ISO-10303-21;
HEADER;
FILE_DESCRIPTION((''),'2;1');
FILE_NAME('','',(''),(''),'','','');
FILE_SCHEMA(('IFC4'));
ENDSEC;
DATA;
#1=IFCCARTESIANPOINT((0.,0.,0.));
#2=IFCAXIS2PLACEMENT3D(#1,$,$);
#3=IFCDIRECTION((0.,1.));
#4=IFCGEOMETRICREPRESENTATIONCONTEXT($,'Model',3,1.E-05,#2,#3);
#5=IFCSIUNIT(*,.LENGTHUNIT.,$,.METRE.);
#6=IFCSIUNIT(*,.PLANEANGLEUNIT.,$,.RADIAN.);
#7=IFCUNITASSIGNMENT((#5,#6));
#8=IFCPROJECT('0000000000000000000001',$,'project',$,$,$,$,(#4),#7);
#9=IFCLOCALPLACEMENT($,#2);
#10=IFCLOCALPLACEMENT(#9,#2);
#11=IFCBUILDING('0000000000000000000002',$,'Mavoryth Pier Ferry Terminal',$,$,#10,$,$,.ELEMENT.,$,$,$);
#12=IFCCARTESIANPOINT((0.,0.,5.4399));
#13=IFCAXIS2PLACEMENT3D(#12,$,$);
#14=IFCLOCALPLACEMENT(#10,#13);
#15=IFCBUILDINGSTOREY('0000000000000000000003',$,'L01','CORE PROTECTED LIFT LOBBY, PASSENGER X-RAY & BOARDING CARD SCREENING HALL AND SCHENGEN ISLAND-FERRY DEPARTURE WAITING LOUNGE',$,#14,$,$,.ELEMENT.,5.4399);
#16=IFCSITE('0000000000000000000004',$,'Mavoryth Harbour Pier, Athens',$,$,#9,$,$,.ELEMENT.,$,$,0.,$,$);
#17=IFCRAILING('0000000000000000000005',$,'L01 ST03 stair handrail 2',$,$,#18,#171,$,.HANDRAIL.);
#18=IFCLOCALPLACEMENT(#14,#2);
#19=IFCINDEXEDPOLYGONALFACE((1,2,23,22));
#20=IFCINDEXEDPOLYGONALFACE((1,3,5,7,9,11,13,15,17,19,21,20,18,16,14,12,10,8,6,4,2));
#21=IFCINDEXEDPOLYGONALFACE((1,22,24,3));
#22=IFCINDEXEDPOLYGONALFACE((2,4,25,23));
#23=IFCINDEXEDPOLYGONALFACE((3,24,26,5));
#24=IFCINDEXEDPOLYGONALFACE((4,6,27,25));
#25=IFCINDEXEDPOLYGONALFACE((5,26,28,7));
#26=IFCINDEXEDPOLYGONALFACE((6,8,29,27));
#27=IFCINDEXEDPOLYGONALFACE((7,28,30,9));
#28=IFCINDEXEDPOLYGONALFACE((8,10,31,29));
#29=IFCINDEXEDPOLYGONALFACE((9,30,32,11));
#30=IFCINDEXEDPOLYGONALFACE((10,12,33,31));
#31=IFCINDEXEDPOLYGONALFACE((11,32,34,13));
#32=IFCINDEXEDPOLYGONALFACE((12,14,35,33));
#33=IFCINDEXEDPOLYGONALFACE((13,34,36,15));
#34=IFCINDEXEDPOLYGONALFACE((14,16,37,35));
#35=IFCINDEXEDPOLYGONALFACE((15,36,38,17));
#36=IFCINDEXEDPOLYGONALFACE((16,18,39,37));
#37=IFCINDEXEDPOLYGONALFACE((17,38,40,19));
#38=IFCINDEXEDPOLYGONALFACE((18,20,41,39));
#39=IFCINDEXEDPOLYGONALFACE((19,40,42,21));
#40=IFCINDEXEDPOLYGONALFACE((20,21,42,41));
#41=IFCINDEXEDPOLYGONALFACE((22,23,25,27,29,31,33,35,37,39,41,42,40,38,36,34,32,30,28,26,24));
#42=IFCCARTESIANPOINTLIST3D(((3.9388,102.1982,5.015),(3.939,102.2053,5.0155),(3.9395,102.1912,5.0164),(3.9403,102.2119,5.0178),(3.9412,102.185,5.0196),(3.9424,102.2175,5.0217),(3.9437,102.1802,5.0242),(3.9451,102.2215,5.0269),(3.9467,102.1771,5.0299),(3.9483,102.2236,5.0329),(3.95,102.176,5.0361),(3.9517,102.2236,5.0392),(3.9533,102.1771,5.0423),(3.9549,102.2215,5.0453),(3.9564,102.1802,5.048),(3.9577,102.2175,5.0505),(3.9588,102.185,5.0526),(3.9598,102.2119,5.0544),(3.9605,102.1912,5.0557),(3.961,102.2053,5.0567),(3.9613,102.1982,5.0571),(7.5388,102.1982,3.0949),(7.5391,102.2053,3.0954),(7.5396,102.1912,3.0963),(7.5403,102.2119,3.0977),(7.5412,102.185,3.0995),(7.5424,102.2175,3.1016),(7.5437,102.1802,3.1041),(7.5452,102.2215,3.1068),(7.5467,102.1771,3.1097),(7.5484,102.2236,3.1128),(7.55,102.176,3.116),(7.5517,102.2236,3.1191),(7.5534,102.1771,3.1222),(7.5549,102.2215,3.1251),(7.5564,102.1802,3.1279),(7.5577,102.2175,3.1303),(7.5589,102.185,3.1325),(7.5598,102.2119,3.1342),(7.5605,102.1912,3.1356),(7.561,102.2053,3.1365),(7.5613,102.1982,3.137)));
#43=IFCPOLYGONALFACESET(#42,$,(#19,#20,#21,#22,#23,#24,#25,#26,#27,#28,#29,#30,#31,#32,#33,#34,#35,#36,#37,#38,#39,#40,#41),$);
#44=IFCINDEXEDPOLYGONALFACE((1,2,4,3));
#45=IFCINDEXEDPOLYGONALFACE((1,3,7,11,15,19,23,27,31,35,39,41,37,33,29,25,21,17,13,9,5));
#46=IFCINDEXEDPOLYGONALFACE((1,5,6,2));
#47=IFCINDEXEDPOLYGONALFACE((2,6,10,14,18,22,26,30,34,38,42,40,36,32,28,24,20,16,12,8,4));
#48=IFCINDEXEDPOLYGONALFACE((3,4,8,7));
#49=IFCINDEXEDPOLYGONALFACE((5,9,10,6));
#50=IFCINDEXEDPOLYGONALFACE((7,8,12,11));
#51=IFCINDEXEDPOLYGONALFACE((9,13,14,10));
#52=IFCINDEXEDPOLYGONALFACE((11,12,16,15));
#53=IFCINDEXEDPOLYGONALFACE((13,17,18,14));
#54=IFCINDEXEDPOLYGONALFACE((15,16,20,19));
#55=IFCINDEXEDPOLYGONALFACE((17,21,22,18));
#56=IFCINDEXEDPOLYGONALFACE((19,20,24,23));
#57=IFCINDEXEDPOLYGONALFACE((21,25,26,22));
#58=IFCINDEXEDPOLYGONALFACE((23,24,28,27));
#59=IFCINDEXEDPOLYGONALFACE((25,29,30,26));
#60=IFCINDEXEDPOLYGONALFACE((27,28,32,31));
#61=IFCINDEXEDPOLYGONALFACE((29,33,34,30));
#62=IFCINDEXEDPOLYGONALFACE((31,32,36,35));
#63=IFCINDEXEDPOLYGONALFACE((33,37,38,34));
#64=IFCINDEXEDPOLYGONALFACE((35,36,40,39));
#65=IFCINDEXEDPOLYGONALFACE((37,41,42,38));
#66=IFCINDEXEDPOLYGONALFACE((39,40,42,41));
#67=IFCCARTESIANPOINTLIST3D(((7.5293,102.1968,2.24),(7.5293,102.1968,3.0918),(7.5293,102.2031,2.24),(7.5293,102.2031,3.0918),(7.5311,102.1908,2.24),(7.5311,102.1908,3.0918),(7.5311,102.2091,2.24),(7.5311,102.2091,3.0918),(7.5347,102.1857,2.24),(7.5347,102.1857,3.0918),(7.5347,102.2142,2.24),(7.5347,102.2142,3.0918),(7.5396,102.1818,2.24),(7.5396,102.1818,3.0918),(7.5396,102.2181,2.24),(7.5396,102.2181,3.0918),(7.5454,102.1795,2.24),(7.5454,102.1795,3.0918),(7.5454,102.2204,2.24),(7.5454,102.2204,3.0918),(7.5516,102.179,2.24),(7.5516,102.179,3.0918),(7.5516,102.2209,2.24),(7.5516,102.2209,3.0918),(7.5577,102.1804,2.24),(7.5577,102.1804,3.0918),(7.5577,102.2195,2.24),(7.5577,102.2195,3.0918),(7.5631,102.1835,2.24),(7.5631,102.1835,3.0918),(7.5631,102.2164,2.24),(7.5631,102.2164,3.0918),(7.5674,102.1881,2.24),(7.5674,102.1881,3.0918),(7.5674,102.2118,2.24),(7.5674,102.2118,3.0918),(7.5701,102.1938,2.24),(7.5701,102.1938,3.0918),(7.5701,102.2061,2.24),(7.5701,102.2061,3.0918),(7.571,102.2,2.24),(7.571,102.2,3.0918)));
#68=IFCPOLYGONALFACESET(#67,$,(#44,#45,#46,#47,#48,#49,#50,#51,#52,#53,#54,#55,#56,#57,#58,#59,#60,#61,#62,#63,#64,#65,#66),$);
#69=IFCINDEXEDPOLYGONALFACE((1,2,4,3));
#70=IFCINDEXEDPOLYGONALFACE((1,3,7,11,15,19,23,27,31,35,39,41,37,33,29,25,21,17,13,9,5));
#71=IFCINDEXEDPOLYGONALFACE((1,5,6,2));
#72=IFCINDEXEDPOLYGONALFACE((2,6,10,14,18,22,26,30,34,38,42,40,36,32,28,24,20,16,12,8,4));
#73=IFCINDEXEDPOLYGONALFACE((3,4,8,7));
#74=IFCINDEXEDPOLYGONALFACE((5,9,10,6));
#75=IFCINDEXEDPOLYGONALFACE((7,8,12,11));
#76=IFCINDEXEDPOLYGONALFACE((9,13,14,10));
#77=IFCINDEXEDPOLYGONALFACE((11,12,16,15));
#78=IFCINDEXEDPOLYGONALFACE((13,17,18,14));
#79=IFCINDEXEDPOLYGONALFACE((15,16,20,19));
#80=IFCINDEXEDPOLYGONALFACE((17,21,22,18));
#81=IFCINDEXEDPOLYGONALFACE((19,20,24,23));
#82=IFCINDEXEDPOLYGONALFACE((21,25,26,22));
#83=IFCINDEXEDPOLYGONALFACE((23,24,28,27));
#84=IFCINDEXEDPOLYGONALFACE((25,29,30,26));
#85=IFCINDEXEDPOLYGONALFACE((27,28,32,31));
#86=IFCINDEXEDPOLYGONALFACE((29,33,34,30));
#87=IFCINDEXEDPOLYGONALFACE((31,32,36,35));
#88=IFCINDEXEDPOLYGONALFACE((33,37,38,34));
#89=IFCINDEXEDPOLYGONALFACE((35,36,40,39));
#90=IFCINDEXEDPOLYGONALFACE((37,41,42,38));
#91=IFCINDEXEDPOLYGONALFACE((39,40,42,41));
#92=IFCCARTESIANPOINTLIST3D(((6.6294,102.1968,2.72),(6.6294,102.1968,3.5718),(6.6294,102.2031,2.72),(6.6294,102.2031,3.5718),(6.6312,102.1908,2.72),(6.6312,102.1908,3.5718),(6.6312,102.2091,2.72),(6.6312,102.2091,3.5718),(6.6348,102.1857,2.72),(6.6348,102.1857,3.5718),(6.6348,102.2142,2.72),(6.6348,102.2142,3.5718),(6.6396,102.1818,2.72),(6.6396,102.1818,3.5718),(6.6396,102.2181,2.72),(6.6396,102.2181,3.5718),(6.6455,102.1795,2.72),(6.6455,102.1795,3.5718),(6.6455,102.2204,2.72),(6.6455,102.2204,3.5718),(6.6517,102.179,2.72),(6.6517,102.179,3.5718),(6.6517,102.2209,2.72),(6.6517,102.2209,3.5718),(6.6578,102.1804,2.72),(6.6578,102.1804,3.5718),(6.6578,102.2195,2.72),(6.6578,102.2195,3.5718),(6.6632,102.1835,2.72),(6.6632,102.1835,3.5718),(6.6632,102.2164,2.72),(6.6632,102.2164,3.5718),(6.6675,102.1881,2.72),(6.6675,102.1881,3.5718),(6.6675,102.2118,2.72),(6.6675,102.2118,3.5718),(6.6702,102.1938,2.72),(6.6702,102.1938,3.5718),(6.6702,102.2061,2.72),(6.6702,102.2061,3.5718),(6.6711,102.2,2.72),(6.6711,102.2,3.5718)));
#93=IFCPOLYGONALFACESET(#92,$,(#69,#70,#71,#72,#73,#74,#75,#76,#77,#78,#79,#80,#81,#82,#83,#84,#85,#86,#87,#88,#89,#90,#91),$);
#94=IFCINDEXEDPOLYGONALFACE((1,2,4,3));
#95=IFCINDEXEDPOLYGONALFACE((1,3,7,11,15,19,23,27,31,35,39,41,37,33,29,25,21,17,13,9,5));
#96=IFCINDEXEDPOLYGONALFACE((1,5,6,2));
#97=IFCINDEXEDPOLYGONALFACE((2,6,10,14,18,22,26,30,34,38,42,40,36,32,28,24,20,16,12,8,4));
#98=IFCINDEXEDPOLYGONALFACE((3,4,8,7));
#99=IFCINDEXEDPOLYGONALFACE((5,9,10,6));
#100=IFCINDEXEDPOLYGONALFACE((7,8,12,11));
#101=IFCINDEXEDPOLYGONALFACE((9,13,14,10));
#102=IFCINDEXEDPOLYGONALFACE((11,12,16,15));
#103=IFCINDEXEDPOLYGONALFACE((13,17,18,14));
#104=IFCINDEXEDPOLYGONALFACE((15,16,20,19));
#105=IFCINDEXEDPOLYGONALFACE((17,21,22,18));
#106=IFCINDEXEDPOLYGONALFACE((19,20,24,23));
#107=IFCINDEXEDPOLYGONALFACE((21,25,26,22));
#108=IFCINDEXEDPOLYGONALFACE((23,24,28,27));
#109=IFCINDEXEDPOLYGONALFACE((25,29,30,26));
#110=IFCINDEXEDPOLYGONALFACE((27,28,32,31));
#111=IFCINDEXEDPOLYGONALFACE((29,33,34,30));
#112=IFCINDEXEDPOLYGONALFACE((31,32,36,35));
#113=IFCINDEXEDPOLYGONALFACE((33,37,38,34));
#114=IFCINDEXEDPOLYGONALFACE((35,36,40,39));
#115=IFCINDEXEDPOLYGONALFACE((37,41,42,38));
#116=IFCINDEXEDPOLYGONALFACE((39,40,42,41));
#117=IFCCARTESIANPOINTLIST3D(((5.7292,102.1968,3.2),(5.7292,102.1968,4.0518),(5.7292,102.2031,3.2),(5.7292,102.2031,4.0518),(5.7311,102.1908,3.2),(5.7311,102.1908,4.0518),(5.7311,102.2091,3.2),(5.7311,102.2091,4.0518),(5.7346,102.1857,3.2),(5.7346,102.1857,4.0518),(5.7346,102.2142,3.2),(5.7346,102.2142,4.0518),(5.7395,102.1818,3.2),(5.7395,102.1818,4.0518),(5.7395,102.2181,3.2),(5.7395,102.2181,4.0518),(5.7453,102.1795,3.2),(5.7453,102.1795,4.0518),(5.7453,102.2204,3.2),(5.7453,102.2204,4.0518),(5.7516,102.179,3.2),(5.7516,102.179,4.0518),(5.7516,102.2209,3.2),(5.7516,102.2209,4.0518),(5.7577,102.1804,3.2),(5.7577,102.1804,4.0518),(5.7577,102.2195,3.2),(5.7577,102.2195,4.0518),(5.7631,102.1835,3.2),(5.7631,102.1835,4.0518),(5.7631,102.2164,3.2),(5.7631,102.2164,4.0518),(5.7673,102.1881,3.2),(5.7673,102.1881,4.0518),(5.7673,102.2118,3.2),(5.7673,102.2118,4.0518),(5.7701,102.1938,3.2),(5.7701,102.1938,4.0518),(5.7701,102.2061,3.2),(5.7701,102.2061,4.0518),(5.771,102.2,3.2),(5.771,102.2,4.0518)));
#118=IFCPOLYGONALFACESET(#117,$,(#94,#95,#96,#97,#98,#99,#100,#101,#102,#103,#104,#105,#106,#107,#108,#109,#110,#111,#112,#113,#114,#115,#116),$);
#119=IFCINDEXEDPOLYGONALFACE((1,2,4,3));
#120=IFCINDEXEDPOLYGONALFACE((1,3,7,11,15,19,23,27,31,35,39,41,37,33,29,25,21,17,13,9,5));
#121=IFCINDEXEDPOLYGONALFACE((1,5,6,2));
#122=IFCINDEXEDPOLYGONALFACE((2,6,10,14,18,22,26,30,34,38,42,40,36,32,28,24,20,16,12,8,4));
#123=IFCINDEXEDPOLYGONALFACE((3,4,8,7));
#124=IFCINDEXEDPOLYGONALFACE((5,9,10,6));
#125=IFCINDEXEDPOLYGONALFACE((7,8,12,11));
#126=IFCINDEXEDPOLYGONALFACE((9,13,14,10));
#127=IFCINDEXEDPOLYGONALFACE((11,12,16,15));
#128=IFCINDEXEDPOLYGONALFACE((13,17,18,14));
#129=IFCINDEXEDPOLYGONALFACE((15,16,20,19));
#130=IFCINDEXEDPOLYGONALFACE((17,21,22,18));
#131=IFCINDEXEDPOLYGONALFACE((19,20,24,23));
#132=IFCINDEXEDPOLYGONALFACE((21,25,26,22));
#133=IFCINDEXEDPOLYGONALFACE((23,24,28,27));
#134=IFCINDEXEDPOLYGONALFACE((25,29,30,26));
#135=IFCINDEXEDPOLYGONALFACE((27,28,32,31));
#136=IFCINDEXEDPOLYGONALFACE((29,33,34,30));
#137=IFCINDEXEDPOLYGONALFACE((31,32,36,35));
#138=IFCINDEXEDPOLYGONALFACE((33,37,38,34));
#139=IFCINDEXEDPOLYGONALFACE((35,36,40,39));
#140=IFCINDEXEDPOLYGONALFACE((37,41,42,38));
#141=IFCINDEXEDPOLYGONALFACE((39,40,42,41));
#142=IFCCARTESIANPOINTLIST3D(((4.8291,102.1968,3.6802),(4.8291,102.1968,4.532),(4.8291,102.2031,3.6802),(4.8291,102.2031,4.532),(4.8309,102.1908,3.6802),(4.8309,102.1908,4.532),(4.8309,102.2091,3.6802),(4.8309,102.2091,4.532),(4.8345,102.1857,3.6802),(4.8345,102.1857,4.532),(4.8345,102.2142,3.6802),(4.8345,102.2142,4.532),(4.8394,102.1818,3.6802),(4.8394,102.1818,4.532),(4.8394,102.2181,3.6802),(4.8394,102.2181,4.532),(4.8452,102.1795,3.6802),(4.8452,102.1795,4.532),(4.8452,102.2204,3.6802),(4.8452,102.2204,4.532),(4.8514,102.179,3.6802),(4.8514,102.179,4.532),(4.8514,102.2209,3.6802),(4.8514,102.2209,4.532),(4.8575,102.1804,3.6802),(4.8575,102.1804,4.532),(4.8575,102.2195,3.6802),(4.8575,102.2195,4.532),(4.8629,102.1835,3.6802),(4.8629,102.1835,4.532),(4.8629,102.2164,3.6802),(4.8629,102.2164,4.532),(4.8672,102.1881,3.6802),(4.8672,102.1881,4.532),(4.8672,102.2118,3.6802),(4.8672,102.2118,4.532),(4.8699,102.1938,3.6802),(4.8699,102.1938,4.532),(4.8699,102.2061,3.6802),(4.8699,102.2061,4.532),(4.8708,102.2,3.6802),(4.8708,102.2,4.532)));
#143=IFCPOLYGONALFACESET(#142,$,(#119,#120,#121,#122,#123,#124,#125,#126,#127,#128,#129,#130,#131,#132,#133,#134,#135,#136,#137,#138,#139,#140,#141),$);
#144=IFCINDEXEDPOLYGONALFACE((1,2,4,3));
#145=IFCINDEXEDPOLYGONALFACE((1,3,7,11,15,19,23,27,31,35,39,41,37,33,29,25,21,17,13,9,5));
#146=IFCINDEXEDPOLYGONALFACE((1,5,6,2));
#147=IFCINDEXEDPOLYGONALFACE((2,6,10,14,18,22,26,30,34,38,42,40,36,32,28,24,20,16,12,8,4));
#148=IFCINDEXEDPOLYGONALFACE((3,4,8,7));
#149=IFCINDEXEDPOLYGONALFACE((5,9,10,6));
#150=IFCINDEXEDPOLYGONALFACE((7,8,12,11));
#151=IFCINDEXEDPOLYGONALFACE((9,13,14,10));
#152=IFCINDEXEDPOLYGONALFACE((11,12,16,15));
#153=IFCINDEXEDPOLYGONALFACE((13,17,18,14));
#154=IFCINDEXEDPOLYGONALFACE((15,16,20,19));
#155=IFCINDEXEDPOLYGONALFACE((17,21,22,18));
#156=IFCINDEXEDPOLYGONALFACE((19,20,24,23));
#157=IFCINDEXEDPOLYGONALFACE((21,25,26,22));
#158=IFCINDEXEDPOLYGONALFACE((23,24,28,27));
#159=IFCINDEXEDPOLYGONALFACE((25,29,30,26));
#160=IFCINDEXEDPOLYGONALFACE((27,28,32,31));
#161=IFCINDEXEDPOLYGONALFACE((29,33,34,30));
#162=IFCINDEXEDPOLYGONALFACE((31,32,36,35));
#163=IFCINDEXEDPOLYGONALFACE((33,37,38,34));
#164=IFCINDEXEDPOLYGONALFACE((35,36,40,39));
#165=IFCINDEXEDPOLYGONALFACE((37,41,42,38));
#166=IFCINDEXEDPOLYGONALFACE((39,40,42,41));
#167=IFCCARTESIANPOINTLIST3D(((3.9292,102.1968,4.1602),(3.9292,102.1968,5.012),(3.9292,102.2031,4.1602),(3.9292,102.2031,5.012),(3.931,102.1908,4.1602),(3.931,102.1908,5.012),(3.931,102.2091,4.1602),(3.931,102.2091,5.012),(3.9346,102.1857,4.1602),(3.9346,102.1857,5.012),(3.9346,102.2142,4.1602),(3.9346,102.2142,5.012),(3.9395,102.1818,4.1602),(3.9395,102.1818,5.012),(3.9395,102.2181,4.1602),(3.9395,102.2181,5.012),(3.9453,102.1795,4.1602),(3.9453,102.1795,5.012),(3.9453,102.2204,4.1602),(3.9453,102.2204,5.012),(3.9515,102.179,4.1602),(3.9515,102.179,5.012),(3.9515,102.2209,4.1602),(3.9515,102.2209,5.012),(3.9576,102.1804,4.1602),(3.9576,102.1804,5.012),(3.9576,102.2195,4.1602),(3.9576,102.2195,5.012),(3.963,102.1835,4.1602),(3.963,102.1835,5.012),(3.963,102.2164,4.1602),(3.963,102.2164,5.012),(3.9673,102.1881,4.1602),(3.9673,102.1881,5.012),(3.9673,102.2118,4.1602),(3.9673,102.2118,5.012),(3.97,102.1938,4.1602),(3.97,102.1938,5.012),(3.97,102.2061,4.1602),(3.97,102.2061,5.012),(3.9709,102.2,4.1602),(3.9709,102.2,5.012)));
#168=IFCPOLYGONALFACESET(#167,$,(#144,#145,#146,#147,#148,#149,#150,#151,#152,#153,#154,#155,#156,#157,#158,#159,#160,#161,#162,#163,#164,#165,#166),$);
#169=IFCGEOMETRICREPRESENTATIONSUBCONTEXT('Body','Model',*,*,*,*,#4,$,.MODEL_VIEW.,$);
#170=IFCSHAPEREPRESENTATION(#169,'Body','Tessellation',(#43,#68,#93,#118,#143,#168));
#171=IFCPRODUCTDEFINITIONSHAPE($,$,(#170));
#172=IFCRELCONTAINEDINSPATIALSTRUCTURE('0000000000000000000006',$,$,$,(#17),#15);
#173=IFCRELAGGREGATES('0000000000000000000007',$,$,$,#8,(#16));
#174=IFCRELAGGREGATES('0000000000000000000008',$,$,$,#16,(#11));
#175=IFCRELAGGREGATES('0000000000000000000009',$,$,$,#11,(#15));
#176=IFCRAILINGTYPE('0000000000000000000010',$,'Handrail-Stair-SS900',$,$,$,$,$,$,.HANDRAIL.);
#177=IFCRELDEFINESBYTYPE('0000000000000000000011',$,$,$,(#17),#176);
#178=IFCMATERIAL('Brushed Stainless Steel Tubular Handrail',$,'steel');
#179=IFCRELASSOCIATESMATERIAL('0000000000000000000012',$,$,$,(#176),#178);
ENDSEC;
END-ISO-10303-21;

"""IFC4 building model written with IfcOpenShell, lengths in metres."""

from ifc_helpers import new_model, si_unit, direction, frame, origin, origin_2d, place, context, subcontext, project, spatial, circle, extrude, material, type_object, element, save


model = new_model("IFC4")

# Units and contexts
model_context = context("Model", 3, precision=1e-05, world=origin(), true_north=direction((0.0, 1.0)))
body_context = subcontext(model_context, "Body", "Model", "MODEL_VIEW")
ifc_project = project(units=[si_unit("LENGTHUNIT", "METRE"), si_unit("PLANEANGLEUNIT", "RADIAN")], contexts=[model_context])

# Site, building, storey
site_placement = place(None, origin())
site = spatial("IfcSite", under=ifc_project, at=site_placement, Name="Mavoryth Harbour Pier, Athens", CompositionType="ELEMENT", RefElevation=0.0)
building_placement = place(site_placement, origin())
building = spatial("IfcBuilding", under=site, at=building_placement, Name="Mavoryth Pier Ferry Terminal", CompositionType="ELEMENT")
storey_placement = place(building_placement, frame((0.0, 0.0, 5.4399)))
storey = spatial("IfcBuildingStorey", under=building, at=storey_placement, Name="L01", Description="CORE PROTECTED LIFT LOBBY, PASSENGER X-RAY & BOARDING CARD SCREENING HALL AND SCHENGEN ISLAND-FERRY DEPARTURE WAITING LOUNGE", CompositionType="ELEMENT", Elevation=5.4399)

# Railing
ifc_material_1 = material(Name="Brushed Stainless Steel Tubular Handrail", Category="steel")
railing_type_1 = type_object("IfcRailingType", Name="Handrail-Stair-SS900", PredefinedType="HANDRAIL", material=ifc_material_1)
railing_1_placement = place(storey_placement, frame((7.55, 102.2, 2.24)))
element("IfcRailing", 1, at=railing_1_placement, inside=storey, type_object=railing_type_1, Name="L01 ST03 stair handrail 2", PredefinedType="HANDRAIL", context=body_context, shape_type="SweptSolid", body=[
    extrude(circle(Radius=0.0239, at=origin_2d()), frame((0.0, 0.0, 0.876), z_axis=(-0.882341, 0.0, 0.47061), x_axis=(0.0, -1.0, 0.0)), (0.0, 0.0, 1.0), 4.0801),
    extrude(circle(Radius=0.021, at=origin_2d()), origin(), (0.0, 0.0, 1.0), 0.8518),
    extrude(circle(Radius=0.021, at=origin_2d()), frame((-0.8999, 0.0, 0.48)), (0.0, 0.0, 1.0), 0.8518),
    extrude(circle(Radius=0.021, at=origin_2d()), frame((-1.8, 0.0, 0.96)), (0.0, 0.0, 1.0), 0.8518),
    extrude(circle(Radius=0.021, at=origin_2d()), frame((-2.7002, 0.0, 1.4402)), (0.0, 0.0, 1.0), 0.8518),
    extrude(circle(Radius=0.021, at=origin_2d()), frame((-3.6001, 0.0, 1.9202)), (0.0, 0.0, 1.0), 0.8518),
])

save(model, "model.ifc")
